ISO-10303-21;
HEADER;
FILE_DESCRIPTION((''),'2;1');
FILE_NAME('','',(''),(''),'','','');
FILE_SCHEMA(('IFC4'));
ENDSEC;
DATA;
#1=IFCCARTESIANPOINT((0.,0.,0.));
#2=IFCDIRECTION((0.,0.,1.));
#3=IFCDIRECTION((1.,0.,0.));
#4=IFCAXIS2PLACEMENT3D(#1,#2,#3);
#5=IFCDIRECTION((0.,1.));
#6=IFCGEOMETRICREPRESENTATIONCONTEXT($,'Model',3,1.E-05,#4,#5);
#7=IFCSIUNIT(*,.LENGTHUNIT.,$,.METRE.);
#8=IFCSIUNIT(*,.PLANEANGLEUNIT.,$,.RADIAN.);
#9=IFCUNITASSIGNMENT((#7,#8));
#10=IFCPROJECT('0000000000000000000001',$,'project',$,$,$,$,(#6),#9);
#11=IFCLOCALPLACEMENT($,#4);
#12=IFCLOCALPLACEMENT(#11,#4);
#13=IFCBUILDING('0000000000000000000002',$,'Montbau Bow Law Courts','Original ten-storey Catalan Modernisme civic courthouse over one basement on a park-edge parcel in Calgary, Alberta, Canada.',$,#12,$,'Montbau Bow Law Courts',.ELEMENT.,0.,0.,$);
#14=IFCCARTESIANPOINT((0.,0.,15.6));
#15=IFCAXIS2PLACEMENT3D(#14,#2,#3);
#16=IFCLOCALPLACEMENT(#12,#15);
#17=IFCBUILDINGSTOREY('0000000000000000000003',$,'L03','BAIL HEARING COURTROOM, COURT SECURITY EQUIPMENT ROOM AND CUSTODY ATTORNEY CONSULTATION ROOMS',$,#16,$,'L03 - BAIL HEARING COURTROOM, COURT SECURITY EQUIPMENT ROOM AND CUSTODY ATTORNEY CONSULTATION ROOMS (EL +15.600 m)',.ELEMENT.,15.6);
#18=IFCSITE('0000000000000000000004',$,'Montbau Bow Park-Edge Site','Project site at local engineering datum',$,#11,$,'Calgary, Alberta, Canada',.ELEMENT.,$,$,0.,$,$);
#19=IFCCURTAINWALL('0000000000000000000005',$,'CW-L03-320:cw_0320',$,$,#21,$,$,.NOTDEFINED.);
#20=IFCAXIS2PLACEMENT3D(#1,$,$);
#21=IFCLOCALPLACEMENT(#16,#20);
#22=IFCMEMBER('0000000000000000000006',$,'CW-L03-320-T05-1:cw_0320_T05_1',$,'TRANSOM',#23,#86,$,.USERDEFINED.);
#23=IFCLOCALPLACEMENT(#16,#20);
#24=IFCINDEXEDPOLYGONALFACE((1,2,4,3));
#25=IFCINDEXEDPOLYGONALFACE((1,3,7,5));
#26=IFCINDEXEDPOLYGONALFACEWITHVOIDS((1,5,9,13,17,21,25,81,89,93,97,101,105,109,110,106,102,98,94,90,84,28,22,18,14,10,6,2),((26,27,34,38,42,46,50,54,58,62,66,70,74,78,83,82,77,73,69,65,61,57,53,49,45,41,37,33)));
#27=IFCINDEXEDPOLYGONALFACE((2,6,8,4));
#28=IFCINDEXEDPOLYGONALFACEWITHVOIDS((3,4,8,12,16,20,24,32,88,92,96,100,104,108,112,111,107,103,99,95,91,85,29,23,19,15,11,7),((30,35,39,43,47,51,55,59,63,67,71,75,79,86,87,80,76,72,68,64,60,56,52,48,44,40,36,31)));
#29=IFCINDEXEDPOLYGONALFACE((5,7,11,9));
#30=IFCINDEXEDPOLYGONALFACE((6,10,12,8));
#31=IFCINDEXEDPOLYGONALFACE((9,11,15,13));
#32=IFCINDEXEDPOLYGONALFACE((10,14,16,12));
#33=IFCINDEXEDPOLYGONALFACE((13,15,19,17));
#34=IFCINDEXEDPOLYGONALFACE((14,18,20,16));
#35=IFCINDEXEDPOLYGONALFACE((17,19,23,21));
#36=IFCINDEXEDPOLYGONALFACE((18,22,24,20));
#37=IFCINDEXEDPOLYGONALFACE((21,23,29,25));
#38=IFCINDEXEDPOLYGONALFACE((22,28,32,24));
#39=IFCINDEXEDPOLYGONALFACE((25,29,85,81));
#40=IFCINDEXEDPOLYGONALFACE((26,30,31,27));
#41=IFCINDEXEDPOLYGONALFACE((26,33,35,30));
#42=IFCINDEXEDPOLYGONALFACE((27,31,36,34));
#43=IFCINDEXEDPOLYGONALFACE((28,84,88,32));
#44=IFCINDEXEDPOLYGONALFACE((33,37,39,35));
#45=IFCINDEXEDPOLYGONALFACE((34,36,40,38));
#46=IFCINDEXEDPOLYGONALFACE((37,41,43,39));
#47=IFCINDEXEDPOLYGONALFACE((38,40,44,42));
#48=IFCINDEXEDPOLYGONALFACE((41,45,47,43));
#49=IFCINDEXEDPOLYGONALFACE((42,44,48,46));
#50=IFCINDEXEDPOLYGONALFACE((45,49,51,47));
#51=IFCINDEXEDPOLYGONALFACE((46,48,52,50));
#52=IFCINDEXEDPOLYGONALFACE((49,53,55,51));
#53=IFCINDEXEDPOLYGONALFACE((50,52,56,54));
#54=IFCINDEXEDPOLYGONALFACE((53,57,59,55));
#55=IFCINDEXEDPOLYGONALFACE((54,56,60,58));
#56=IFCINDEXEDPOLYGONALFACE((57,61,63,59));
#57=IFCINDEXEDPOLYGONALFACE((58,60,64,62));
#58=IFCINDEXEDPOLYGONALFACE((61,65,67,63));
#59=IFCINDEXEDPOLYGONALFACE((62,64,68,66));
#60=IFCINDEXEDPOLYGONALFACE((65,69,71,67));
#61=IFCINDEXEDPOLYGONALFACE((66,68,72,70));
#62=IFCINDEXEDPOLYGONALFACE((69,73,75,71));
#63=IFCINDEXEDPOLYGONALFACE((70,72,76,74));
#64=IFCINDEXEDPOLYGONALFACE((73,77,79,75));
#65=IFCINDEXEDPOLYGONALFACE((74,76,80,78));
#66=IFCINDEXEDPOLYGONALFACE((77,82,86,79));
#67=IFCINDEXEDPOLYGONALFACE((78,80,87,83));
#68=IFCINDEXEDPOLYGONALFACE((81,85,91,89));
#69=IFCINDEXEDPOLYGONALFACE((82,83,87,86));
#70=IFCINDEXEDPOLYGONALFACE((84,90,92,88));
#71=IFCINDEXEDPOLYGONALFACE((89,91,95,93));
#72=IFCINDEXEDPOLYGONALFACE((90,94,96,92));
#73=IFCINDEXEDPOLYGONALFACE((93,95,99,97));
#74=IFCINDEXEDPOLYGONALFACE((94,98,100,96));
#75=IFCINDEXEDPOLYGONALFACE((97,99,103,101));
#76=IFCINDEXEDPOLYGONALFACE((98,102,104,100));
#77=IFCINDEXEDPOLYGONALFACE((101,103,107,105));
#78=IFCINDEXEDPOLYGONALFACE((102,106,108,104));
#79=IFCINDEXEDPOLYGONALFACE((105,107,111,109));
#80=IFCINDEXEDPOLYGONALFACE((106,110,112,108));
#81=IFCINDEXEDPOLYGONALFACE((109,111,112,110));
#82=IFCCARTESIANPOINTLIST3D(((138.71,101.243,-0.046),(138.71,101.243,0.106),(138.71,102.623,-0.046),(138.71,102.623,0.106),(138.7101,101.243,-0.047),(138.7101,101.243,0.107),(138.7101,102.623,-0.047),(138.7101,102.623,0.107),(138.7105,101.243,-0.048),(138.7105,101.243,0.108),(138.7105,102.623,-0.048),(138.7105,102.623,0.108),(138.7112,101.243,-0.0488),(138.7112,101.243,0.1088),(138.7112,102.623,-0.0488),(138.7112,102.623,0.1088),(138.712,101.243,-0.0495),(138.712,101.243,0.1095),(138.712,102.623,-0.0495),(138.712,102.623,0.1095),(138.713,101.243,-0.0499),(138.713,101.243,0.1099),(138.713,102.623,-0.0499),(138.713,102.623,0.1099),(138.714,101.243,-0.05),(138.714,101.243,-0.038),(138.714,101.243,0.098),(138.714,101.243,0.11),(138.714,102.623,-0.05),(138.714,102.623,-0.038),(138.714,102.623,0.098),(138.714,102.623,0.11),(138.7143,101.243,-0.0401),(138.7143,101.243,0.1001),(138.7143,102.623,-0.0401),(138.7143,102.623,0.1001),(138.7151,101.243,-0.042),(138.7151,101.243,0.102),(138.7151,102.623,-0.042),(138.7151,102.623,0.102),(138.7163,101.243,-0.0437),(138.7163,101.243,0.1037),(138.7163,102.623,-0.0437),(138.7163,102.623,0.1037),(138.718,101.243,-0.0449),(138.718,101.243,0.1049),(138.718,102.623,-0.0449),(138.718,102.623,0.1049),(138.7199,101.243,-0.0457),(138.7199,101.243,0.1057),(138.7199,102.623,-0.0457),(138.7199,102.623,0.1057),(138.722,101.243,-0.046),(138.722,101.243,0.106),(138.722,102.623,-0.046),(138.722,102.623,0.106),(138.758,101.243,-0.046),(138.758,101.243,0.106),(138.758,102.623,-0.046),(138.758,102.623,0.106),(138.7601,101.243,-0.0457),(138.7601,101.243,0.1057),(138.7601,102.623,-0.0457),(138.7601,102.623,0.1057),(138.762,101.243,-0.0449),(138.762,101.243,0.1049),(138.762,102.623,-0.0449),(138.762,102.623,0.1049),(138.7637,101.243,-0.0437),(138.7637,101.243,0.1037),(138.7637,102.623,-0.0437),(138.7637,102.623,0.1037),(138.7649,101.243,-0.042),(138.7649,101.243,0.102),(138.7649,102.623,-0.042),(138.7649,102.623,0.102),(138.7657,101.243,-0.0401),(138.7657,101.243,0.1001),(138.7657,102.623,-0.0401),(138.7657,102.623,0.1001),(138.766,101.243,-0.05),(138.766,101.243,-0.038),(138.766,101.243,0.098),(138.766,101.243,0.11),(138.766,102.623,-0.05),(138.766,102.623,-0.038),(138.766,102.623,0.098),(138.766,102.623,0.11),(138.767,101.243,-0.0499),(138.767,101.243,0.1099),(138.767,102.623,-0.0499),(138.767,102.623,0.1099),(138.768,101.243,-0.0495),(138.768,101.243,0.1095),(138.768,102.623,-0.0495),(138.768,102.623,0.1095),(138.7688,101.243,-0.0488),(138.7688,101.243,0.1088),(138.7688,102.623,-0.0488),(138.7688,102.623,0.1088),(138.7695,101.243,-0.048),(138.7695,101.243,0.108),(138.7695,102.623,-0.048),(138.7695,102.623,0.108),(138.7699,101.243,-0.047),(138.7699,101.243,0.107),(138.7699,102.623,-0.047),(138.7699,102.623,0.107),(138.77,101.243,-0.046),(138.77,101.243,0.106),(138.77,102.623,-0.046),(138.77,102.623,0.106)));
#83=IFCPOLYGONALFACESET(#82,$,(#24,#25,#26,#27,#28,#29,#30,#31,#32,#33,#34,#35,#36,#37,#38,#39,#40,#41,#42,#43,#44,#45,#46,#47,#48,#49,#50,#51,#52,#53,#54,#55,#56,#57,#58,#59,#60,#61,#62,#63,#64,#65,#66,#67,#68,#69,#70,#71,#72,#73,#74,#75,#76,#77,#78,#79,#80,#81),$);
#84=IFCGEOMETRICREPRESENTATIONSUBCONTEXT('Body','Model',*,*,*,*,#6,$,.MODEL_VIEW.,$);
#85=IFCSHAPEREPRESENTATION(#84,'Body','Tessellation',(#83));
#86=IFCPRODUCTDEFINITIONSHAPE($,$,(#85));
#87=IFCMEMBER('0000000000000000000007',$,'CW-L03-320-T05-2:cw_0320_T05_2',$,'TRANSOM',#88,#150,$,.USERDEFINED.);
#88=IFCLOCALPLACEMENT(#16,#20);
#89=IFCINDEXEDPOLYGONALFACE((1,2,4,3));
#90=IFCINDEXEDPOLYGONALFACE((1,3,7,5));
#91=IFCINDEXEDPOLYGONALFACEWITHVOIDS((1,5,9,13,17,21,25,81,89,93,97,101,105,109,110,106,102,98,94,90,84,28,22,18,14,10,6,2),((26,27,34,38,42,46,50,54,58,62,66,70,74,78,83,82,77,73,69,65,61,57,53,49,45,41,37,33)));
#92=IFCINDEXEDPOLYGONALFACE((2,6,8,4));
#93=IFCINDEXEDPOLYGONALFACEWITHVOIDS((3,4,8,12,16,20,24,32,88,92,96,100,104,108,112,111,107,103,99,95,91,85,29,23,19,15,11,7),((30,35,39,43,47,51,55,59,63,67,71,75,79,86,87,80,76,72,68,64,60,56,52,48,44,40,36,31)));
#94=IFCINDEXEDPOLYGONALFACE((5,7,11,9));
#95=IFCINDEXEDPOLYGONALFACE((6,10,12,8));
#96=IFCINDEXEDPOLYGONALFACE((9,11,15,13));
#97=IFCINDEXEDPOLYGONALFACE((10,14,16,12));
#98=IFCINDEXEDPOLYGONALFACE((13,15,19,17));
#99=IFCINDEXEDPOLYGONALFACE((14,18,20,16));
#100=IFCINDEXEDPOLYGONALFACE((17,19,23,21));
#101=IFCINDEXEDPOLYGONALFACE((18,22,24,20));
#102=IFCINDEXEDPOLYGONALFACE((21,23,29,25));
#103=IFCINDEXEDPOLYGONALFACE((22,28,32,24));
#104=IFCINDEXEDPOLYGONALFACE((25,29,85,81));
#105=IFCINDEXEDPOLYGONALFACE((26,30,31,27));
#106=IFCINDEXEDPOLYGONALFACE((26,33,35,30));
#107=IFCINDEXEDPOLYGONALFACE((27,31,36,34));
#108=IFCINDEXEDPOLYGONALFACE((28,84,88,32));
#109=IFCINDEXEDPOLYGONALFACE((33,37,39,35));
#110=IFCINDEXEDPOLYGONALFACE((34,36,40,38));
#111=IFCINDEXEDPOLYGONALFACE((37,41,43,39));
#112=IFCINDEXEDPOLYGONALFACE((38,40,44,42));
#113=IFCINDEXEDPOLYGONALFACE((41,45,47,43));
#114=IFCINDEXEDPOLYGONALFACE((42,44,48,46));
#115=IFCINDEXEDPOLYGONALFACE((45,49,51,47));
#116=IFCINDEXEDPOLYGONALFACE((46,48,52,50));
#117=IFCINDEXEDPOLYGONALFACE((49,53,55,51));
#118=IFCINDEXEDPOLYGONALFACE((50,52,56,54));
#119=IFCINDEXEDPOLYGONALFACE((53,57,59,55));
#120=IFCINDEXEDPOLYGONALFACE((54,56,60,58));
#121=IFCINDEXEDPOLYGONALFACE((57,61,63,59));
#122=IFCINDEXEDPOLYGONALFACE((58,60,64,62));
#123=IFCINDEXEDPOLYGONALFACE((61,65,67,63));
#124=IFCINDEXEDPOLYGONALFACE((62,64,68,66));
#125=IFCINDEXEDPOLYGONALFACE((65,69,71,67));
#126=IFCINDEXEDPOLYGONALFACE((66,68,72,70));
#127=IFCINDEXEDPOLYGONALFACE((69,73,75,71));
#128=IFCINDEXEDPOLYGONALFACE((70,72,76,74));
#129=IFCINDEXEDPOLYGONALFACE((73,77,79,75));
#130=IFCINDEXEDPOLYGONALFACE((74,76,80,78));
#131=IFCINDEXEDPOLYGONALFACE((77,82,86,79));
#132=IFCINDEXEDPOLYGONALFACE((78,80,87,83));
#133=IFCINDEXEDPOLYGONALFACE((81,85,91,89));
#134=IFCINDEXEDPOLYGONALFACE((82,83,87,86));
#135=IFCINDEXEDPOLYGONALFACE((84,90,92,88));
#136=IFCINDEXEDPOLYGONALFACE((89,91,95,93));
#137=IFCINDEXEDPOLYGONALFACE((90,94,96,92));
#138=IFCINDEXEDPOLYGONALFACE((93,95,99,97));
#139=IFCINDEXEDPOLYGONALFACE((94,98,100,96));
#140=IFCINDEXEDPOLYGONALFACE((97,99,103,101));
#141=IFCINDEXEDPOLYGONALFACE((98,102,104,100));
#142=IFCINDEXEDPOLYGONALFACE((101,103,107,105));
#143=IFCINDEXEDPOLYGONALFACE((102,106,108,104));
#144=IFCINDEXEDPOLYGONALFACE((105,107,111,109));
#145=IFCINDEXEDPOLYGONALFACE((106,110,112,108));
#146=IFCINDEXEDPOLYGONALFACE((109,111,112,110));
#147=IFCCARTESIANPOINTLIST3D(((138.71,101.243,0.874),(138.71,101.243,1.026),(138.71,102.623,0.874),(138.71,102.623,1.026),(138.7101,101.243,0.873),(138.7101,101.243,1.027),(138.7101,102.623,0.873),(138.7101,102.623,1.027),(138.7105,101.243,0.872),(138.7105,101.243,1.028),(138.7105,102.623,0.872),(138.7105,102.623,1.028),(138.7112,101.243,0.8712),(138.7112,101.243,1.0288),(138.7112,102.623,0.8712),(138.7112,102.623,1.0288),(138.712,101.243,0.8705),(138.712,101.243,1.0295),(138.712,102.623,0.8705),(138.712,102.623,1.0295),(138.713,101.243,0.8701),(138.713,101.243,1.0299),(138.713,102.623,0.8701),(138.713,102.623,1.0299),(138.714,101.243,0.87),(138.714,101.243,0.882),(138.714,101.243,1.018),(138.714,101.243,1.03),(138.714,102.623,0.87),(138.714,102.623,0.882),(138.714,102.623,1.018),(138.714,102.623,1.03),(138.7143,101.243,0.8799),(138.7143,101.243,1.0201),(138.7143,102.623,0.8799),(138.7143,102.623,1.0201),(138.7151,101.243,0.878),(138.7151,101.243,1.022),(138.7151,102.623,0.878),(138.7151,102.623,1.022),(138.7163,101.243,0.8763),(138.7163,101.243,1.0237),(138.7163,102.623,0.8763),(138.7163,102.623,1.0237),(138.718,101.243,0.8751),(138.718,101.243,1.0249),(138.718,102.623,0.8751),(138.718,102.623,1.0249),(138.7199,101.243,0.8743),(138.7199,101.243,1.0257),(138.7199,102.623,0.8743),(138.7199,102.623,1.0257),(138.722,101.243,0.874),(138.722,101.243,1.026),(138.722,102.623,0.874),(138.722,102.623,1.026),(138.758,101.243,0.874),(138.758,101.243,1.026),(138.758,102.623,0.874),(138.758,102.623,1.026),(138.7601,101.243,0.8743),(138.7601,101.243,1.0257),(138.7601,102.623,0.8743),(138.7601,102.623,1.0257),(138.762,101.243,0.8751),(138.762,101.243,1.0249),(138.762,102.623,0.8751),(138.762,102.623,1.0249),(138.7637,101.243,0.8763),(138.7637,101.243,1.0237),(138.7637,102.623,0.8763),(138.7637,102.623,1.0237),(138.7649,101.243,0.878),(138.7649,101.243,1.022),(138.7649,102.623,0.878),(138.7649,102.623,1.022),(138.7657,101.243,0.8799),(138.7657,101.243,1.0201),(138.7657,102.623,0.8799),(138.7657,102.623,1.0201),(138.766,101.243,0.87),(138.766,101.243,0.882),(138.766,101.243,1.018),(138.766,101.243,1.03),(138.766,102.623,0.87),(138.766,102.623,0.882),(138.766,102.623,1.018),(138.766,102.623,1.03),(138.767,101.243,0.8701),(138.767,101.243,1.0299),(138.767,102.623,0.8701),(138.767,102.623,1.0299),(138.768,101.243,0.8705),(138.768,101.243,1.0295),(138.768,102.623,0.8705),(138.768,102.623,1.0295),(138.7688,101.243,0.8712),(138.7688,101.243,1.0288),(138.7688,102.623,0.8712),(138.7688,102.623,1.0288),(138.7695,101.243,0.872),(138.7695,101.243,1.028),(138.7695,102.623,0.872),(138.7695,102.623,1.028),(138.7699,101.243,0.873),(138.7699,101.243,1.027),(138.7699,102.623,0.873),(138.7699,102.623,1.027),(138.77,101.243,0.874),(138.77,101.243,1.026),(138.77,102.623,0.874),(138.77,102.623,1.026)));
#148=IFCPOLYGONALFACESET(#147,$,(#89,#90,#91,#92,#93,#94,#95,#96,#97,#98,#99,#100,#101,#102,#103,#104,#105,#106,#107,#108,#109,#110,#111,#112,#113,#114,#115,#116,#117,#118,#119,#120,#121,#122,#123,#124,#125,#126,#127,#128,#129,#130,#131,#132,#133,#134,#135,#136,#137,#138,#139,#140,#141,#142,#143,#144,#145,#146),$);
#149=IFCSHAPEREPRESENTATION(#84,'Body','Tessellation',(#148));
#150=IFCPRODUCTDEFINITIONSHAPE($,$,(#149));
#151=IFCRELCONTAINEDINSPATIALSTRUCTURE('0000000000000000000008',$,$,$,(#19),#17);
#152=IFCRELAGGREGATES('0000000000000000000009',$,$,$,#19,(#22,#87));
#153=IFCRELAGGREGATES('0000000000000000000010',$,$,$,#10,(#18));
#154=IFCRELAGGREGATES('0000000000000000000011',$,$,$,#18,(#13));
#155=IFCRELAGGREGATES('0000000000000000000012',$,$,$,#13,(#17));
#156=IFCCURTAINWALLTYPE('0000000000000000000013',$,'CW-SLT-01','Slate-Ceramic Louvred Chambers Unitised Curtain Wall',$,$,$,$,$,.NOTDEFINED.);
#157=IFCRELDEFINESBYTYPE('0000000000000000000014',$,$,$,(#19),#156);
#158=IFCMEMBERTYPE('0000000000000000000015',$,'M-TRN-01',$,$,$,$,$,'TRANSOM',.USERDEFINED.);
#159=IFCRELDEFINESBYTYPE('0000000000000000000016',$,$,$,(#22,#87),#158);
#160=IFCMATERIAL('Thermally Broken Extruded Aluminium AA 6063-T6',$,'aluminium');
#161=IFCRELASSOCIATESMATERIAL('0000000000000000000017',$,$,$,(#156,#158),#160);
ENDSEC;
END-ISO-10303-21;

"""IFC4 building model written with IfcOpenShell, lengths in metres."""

from ifc_helpers import new_model, si_unit, direction, frame, origin_with_axes, origin_2d_with_axis, place, context, subcontext, project, spatial, hollow_rectangle, extrude, material, material_profile, profile_set, type_object, element, aggregate, save


model = new_model("IFC4")

# Units and contexts
model_context = context("Model", 3, precision=1e-05, world=origin_with_axes(), true_north=direction((0.0, 1.0)))
body_context = subcontext(model_context, "Body", "Model", "MODEL_VIEW")
ifc_project = project(units=[si_unit("LENGTHUNIT", "METRE"), si_unit("PLANEANGLEUNIT", "RADIAN")], contexts=[model_context])

# Site, building, storey
site_placement = place(None, origin_with_axes())
site = spatial("IfcSite", under=ifc_project, at=site_placement, Name="Montbau Bow Park-Edge Site", Description="Project site at local engineering datum", LongName="Calgary, Alberta, Canada", CompositionType="ELEMENT", RefElevation=0.0)
building_placement = place(site_placement, origin_with_axes())
building = spatial("IfcBuilding", under=site, at=building_placement, Name="Montbau Bow Law Courts", Description="Original ten-storey Catalan Modernisme civic courthouse over one basement on a park-edge parcel in Calgary, Alberta, Canada.", LongName="Montbau Bow Law Courts", CompositionType="ELEMENT", ElevationOfRefHeight=0.0, ElevationOfTerrain=0.0)
storey_placement = place(building_placement, frame((0.0, 0.0, 15.6), z_axis=(0.0, 0.0, 1.0), x_axis=(1.0, 0.0, 0.0)))
storey = spatial("IfcBuildingStorey", under=building, at=storey_placement, Name="L03", Description="BAIL HEARING COURTROOM, COURT SECURITY EQUIPMENT ROOM AND CUSTODY ATTORNEY CONSULTATION ROOMS", LongName="L03 - BAIL HEARING COURTROOM, COURT SECURITY EQUIPMENT ROOM AND CUSTODY ATTORNEY CONSULTATION ROOMS (EL +15.600 m)", CompositionType="ELEMENT", Elevation=15.6)

# Shared definitions
ifc_material_1 = material(Name="Thermally Broken Extruded Aluminium AA 6063-T6", Category="aluminium")
curtain_wall_type = type_object("IfcCurtainWallType", Name="CW-SLT-01", Description="Slate-Ceramic Louvred Chambers Unitised Curtain Wall", PredefinedType="NOTDEFINED", material=ifc_material_1)

# Curtain wall, members
curtain_wall_1_placement = place(None, frame((138.74, 95.315, 15.6), z_axis=(0.0, 0.0, 1.0), x_axis=(1.0, 0.0, 0.0)))
curtain_wall_1 = element("IfcCurtainWall", 1, at=curtain_wall_1_placement, inside=storey, type_object=curtain_wall_type, Name="CW-L03-320:cw_0320", PredefinedType="NOTDEFINED")
ifc_material_profile_1 = material_profile(ifc_material_1, hollow_rectangle(XDim=0.06, YDim=0.16, WallThickness=0.004, InnerFilletRadius=0.008, OuterFilletRadius=0.004, at=origin_2d_with_axis()), Name="CWT-160X60", Category="Main", Priority=0)
ifc_profile_set_1 = profile_set([ifc_material_profile_1], Name="Thermally Broken Extruded Aluminium AA 6063-T6")
member_type_1 = type_object("IfcMemberType", Name="M-TRN-01", ElementType="TRANSOM", PredefinedType="USERDEFINED", material=ifc_profile_set_1)
member_1_placement = place(None, frame((138.74, 101.243, 15.63), z_axis=(0.0, 1.0, 0.0), x_axis=(-1.0, 0.0, 0.0)))
member_1 = element("IfcMember", 2, at=member_1_placement, type_object=member_type_1, Name="CW-L03-320-T05-1:cw_0320_T05_1", ObjectType="TRANSOM", PredefinedType="USERDEFINED", context=body_context, shape_type="SweptSolid", body=[
    extrude(hollow_rectangle(XDim=0.06, YDim=0.16, WallThickness=0.004, InnerFilletRadius=0.008, OuterFilletRadius=0.004, at=origin_2d_with_axis()), origin_with_axes(), (0.0, 0.0, 1.0), 1.38),
])
member_2_placement = place(None, frame((138.74, 101.243, 16.55), z_axis=(0.0, 1.0, 0.0), x_axis=(-1.0, 0.0, 0.0)))
member_2 = element("IfcMember", 3, at=member_2_placement, type_object=member_type_1, Name="CW-L03-320-T05-2:cw_0320_T05_2", ObjectType="TRANSOM", PredefinedType="USERDEFINED", context=body_context, shape_type="SweptSolid", body=[
    extrude(hollow_rectangle(XDim=0.06, YDim=0.16, WallThickness=0.004, InnerFilletRadius=0.008, OuterFilletRadius=0.004, at=origin_2d_with_axis()), origin_with_axes(), (0.0, 0.0, 1.0), 1.38),
])

aggregate(curtain_wall_1, [member_1, member_2])

save(model, "model.ifc")
